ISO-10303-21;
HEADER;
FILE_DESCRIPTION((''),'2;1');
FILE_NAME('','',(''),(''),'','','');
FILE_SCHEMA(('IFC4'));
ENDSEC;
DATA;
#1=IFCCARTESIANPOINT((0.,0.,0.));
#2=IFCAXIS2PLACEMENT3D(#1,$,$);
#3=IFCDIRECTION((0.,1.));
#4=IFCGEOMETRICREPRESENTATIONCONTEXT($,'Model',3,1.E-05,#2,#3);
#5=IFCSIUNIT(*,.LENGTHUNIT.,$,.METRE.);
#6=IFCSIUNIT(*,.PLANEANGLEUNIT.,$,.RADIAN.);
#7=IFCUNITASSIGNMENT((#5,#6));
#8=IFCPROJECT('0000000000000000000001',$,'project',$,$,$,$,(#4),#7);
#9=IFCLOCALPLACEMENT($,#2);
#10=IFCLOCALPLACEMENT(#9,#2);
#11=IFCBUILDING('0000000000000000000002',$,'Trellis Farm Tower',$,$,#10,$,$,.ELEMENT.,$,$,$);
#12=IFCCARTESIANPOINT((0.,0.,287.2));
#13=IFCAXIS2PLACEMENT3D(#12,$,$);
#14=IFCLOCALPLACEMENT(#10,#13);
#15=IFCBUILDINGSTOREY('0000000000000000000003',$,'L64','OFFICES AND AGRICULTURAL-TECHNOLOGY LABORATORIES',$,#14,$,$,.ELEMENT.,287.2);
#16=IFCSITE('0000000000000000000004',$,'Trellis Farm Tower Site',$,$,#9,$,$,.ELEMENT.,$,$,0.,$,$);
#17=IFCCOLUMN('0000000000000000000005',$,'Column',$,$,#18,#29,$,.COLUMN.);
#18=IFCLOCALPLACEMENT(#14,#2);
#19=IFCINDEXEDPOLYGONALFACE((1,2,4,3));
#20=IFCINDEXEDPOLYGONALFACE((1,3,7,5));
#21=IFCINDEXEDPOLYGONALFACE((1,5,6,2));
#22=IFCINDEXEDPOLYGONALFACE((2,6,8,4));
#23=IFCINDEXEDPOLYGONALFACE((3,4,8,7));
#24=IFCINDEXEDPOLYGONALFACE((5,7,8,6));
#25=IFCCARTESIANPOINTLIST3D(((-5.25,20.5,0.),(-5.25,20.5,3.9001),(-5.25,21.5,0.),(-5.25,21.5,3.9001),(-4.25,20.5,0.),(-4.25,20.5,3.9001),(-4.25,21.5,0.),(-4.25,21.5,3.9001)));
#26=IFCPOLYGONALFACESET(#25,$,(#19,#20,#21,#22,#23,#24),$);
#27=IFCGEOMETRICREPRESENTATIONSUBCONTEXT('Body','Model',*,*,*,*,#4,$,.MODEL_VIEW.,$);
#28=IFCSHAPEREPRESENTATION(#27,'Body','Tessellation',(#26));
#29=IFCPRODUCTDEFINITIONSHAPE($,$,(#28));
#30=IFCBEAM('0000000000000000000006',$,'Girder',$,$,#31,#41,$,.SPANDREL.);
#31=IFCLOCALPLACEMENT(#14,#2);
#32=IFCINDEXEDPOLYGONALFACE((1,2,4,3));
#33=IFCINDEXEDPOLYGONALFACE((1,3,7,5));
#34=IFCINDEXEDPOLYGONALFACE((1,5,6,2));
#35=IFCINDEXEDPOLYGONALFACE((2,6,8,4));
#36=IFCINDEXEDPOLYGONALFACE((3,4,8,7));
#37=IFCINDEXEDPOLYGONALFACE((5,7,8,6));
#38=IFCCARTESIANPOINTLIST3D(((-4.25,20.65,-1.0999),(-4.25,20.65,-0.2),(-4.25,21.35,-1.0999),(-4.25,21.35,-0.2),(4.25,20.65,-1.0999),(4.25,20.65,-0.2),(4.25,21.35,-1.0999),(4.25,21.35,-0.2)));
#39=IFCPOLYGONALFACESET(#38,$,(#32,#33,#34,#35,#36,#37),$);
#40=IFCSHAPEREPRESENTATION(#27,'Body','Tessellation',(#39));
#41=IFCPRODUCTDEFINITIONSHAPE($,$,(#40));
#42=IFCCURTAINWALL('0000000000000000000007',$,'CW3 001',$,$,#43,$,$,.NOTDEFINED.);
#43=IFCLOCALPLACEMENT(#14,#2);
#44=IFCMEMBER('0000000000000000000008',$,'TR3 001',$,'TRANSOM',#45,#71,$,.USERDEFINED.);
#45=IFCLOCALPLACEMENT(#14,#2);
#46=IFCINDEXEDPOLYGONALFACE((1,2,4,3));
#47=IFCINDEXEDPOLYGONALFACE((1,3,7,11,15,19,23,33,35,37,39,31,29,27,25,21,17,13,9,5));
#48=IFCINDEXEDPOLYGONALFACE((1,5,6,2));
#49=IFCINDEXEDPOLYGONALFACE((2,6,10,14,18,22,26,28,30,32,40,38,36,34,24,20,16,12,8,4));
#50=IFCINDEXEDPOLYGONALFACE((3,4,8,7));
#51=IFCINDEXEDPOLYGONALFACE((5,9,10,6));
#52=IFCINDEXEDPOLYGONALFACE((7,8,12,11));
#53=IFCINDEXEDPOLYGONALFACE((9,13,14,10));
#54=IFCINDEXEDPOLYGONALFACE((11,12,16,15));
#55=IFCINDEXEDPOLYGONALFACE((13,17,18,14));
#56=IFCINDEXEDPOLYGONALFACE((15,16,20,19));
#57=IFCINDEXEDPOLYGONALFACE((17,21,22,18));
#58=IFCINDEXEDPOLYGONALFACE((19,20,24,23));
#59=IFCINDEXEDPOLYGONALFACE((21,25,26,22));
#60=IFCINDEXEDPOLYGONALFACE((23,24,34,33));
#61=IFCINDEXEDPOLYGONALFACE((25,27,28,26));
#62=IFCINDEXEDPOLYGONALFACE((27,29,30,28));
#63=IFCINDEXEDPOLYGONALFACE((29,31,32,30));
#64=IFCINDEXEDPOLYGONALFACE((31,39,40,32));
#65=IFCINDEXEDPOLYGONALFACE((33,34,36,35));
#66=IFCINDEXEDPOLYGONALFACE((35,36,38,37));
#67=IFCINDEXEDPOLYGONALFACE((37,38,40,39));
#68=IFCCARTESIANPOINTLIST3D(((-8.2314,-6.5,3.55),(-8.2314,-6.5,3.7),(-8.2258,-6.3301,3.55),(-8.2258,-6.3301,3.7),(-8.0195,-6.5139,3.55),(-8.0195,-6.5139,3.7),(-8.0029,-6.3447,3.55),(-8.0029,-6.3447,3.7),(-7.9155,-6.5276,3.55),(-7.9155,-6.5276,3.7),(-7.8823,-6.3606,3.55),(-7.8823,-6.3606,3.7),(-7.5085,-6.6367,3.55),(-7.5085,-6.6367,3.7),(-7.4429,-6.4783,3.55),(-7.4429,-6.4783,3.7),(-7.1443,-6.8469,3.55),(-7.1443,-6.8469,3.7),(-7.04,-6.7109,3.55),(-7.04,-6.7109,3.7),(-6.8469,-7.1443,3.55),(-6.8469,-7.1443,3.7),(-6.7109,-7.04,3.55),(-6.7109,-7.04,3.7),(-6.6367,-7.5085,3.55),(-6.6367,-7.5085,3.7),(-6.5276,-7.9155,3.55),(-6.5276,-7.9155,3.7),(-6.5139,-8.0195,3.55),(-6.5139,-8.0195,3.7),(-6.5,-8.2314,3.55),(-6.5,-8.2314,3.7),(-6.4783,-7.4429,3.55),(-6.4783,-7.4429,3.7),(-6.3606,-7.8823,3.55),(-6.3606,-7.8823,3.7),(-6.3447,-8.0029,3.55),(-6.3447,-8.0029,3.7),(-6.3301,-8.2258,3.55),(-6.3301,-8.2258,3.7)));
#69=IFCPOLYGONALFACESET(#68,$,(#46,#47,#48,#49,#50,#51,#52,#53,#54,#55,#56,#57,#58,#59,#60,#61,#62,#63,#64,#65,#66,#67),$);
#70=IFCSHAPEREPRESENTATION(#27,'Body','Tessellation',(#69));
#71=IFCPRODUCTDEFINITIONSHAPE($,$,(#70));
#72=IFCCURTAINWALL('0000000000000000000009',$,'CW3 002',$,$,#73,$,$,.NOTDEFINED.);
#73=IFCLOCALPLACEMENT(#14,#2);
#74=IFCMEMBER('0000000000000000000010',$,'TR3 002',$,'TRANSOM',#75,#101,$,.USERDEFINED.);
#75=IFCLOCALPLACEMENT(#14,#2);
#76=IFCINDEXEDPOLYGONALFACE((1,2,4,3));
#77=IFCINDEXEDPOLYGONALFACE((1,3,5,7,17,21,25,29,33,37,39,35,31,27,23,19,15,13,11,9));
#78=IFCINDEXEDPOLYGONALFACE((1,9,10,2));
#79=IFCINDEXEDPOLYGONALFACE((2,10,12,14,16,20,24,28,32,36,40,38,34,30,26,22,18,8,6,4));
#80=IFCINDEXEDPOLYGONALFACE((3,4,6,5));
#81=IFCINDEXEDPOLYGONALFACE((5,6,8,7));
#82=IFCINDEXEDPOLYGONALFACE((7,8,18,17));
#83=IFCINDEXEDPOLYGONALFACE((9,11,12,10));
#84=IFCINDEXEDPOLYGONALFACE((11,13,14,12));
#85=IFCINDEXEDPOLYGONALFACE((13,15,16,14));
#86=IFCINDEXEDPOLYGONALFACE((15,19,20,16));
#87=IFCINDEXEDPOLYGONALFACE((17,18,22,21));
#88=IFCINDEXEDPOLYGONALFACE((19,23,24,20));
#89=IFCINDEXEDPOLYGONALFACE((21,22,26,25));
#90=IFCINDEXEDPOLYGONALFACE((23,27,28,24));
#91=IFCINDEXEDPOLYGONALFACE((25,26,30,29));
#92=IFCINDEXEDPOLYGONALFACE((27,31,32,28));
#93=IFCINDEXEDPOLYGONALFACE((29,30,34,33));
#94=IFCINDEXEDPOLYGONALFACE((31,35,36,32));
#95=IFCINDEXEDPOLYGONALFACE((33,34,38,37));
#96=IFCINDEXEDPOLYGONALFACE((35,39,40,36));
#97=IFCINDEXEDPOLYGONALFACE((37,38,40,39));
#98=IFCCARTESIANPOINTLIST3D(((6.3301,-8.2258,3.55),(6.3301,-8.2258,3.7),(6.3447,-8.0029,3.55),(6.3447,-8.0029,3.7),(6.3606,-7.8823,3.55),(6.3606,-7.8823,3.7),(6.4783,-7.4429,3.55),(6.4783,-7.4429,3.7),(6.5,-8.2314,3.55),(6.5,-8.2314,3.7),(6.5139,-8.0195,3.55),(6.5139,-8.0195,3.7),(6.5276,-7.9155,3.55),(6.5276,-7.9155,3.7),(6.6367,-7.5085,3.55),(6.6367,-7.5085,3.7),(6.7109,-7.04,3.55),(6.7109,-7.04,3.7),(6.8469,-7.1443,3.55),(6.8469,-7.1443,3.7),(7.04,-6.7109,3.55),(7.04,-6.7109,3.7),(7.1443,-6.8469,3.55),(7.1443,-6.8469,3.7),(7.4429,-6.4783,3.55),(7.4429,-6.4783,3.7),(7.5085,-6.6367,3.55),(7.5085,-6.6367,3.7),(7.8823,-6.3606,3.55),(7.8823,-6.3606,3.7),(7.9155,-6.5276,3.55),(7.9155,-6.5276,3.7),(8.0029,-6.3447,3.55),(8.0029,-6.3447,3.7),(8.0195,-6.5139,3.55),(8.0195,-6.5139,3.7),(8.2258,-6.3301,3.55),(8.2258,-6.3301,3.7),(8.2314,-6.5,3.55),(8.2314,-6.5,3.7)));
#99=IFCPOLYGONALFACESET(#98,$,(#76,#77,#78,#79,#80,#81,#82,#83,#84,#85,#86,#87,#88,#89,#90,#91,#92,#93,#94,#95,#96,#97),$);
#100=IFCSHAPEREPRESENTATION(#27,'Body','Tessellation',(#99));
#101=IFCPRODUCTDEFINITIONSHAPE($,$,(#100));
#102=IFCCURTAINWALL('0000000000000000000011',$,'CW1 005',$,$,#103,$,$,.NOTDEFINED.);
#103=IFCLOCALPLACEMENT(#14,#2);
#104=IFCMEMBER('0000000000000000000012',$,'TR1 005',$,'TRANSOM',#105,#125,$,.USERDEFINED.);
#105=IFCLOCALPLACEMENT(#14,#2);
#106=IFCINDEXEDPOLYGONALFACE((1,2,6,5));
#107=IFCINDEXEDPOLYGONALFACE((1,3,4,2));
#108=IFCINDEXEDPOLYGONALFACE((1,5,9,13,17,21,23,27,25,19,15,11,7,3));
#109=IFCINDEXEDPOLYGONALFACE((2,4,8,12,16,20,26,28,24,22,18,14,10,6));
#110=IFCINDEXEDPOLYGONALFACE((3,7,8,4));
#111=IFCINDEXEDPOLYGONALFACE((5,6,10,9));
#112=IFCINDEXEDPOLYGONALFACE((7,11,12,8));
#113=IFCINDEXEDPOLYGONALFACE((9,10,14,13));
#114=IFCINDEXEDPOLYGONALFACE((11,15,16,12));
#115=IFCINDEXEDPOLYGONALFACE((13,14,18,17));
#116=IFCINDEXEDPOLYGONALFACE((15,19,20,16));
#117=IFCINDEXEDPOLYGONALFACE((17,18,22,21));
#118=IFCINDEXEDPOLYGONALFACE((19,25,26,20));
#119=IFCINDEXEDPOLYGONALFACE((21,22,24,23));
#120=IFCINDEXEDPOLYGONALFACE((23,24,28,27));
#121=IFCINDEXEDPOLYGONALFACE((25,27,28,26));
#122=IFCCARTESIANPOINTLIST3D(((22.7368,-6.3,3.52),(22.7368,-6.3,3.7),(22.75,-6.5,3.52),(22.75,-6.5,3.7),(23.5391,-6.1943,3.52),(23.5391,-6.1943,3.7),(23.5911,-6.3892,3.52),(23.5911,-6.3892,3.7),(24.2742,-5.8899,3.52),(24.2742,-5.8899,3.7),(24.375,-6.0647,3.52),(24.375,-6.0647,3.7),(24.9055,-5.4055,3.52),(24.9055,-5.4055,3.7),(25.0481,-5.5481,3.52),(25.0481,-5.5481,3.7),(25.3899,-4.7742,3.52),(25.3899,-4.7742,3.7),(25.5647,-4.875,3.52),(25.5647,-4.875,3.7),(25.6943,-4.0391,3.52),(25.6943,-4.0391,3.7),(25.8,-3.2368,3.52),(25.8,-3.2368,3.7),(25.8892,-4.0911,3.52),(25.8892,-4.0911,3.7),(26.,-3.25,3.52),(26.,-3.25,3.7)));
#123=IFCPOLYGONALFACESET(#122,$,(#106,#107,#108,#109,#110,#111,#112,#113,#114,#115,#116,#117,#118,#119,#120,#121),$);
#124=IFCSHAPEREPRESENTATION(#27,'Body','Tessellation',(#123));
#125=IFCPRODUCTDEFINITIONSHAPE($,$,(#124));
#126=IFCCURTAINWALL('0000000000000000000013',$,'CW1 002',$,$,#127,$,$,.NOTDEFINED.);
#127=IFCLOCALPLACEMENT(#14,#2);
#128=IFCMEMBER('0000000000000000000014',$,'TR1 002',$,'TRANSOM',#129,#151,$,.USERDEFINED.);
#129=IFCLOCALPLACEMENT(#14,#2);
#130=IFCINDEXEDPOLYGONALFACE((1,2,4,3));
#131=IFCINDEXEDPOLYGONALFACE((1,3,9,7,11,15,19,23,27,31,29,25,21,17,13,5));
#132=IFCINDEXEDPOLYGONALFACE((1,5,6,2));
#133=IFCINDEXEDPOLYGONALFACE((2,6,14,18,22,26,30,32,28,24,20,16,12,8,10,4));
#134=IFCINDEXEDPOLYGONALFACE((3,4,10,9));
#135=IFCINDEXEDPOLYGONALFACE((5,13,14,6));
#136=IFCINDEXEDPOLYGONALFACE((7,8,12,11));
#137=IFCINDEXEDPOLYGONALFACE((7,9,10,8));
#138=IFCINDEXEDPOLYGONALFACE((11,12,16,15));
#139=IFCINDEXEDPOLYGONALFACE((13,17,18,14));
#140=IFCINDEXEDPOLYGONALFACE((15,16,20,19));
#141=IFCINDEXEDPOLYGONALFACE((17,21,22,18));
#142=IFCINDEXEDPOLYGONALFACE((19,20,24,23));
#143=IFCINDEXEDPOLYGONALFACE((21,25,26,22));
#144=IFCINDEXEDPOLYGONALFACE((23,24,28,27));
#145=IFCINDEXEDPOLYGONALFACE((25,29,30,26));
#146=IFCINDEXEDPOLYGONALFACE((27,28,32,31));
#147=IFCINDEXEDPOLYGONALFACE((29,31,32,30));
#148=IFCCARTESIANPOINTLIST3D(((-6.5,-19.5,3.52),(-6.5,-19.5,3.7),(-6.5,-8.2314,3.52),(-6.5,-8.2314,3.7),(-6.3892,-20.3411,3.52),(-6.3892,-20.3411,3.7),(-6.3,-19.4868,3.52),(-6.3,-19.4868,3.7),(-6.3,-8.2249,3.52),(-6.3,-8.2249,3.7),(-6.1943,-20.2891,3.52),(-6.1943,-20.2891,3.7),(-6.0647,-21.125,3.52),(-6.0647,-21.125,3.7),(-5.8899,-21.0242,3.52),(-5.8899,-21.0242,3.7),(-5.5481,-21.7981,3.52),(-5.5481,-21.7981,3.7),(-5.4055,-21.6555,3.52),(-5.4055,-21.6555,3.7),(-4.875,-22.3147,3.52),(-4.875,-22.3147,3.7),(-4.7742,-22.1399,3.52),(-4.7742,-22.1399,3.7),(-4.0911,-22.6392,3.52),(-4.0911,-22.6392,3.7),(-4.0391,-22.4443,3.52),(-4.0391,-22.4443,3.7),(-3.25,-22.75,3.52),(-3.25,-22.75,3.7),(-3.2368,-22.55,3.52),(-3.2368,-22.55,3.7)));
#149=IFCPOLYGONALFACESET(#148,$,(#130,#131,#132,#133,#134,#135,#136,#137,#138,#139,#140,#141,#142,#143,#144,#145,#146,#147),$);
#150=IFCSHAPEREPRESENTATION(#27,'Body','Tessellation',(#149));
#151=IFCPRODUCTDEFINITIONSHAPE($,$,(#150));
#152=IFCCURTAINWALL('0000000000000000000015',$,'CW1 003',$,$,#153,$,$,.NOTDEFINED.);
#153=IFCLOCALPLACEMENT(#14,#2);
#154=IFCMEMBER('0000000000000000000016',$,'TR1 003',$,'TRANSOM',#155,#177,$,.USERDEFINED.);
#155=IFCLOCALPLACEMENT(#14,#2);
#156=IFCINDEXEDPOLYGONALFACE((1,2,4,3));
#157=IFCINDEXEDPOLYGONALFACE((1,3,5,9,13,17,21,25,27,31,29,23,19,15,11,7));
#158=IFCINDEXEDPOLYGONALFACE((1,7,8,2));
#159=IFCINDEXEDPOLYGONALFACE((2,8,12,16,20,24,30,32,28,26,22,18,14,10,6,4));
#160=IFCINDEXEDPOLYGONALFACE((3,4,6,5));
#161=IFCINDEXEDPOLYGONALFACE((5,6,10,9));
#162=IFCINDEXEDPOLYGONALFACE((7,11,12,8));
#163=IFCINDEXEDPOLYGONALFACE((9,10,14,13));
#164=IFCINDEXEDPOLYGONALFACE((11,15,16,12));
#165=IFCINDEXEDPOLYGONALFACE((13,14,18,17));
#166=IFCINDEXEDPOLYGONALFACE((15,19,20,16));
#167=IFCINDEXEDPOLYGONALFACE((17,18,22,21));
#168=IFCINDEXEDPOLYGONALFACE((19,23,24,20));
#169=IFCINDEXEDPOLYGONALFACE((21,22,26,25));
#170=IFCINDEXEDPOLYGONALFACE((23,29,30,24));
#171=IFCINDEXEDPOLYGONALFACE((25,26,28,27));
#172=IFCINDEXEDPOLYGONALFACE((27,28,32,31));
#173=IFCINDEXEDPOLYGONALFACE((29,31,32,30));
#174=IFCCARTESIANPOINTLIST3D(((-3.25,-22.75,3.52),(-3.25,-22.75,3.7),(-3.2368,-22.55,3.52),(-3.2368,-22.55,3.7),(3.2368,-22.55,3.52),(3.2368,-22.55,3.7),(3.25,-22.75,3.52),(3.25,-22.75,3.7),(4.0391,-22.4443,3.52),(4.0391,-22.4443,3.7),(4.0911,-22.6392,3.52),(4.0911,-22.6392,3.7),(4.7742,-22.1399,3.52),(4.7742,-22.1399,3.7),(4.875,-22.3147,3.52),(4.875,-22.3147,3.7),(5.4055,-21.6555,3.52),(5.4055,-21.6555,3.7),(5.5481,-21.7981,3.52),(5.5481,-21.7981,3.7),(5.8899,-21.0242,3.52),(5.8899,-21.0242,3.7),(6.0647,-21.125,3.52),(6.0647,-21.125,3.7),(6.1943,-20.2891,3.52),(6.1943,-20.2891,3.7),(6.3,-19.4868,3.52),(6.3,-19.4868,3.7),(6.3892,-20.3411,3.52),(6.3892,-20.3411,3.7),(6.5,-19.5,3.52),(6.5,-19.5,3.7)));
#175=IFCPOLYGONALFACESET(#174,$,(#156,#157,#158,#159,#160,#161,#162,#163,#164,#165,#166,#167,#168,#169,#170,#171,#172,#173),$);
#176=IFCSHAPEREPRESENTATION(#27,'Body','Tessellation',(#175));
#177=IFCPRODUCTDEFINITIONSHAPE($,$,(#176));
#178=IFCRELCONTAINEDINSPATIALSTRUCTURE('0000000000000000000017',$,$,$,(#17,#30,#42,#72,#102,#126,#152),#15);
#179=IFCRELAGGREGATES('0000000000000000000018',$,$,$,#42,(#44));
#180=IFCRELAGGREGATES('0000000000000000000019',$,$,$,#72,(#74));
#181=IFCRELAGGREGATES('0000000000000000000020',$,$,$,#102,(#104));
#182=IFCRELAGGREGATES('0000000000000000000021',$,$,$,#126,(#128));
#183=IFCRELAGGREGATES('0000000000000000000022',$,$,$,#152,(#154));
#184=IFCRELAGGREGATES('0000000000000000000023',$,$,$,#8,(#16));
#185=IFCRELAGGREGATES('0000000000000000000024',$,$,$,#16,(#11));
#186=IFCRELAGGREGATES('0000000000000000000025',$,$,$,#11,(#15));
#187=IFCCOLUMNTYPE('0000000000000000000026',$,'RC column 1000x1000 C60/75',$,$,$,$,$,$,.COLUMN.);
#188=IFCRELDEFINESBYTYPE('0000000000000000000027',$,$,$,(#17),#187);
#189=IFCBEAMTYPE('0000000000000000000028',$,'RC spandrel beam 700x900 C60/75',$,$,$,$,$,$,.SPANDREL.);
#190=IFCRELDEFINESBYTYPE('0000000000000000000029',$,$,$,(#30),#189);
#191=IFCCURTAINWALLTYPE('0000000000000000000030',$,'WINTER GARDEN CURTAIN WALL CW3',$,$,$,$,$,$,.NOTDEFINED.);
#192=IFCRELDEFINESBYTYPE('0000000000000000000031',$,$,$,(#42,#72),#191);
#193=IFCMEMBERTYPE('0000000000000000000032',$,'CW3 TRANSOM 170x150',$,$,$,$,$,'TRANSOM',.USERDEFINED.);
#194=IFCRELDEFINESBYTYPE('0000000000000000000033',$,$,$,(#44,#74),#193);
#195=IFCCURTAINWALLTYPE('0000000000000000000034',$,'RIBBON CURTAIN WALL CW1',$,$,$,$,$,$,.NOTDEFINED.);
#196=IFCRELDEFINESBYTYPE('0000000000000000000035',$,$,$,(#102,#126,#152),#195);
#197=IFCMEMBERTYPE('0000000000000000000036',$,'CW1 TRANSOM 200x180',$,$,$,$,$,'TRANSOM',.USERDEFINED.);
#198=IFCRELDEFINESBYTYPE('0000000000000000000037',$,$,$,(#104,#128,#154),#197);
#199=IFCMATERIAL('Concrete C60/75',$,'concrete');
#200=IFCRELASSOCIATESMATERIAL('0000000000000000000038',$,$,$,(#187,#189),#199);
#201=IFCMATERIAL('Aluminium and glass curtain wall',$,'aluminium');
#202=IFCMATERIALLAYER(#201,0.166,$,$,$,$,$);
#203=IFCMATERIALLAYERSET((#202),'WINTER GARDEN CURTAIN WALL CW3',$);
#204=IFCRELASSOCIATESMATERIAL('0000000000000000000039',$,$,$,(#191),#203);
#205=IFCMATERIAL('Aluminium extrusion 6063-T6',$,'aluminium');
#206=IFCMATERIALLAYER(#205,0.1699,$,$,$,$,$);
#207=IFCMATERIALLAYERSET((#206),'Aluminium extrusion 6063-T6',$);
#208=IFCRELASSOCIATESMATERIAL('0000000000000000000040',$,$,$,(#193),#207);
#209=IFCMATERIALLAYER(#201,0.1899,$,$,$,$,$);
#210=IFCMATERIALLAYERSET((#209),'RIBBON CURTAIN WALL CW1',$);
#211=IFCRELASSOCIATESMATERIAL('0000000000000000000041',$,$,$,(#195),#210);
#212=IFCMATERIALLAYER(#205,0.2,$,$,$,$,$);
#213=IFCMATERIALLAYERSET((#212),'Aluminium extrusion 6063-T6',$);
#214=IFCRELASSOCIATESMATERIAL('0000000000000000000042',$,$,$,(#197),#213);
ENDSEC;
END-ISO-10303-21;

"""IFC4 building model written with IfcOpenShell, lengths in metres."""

from ifc_helpers import new_model, si_unit, direction, frame, origin, origin_2d, place, context, subcontext, project, spatial, polyline, rectangle, outline, extrude, source, transform, mapped, material, layer, layer_set, material_profile, profile_set, type_object, element, aggregate, save


model = new_model("IFC4")

# Units and contexts
model_context = context("Model", 3, precision=1e-05, world=origin(), true_north=direction((0.0, 1.0)))
body_context = subcontext(model_context, "Body", "Model", "MODEL_VIEW")
ifc_project = project(units=[si_unit("LENGTHUNIT", "METRE"), si_unit("PLANEANGLEUNIT", "RADIAN")], contexts=[model_context])

# Site, building, storey
site_placement = place(None, origin())
site = spatial("IfcSite", under=ifc_project, at=site_placement, Name="Trellis Farm Tower Site", CompositionType="ELEMENT", RefElevation=0.0)
building_placement = place(site_placement, origin())
building = spatial("IfcBuilding", under=site, at=building_placement, Name="Trellis Farm Tower", CompositionType="ELEMENT")
storey_placement = place(building_placement, frame((0.0, 0.0, 287.2)))
storey = spatial("IfcBuildingStorey", under=building, at=storey_placement, Name="L64", Description="OFFICES AND AGRICULTURAL-TECHNOLOGY LABORATORIES", CompositionType="ELEMENT", Elevation=287.2)

# Column
ifc_material_1 = material(Name="Concrete C60/75", Category="concrete")
ifc_material_profile_1 = material_profile(ifc_material_1, rectangle(XDim=1.0, YDim=1.0, at=origin_2d()), Name="RC column 1000x1000 C60/75")
ifc_profile_set_1 = profile_set([ifc_material_profile_1], Name="Concrete C60/75")
column_type = type_object("IfcColumnType", Name="RC column 1000x1000 C60/75", PredefinedType="COLUMN", material=ifc_profile_set_1)
shared_shape_1 = source(origin(), body_context, "Body", "SweptSolid", [
    extrude(rectangle(XDim=1.0, YDim=1.0, at=origin_2d()), origin(), (0.0, 0.0, 1.0), 3.9001),
])
column_placement = place(storey_placement, frame((-4.75, 21.0, 0.0), z_axis=(0.0, 0.0, 1.0), x_axis=(1.0, 0.0, 0.0)))
element("IfcColumn", 1, at=column_placement, inside=storey, type_object=column_type, Name="Column", PredefinedType="COLUMN", context=body_context, shape_type="MappedRepresentation", body=[
    mapped(shared_shape_1, transform((0.0, 0.0, 0.0))),
])

# Beam
ifc_material_profile_2 = material_profile(ifc_material_1, rectangle(XDim=0.7, YDim=0.8999, at=origin_2d()), Name="RC spandrel beam 700x900 C60/75")
ifc_profile_set_2 = profile_set([ifc_material_profile_2], Name="Concrete C60/75")
beam_type = type_object("IfcBeamType", Name="RC spandrel beam 700x900 C60/75", PredefinedType="SPANDREL", material=ifc_profile_set_2)
shared_shape_2 = source(origin(), body_context, "Body", "SweptSolid", [
    extrude(rectangle(XDim=0.7, YDim=0.8999, at=origin_2d()), origin(), (0.0, 0.0, 1.0), 8.5),
])
beam_placement = place(storey_placement, frame((-4.25, 21.0, -0.6499), z_axis=(1.0, 0.0, 0.0), x_axis=(0.0, 1.0, 0.0)))
element("IfcBeam", 2, at=beam_placement, inside=storey, type_object=beam_type, Name="Girder", PredefinedType="SPANDREL", context=body_context, shape_type="MappedRepresentation", body=[
    mapped(shared_shape_2, transform((0.0, 0.0, 0.0))),
])

# Curtain walls, members
ifc_material_2 = material(Name="Aluminium and glass curtain wall", Category="aluminium")
ifc_layer_1 = layer(ifc_material_2, 0.166)
ifc_layer_set_1 = layer_set([ifc_layer_1], Name="WINTER GARDEN CURTAIN WALL CW3")
curtain_wall_type_1 = type_object("IfcCurtainWallType", Name="WINTER GARDEN CURTAIN WALL CW3", PredefinedType="NOTDEFINED", material=ifc_layer_set_1)
placement_1 = place(storey_placement, origin())
curtain_wall_1 = element("IfcCurtainWall", 3, at=placement_1, inside=storey, type_object=curtain_wall_type_1, Name="CW3 001", PredefinedType="NOTDEFINED")
ifc_material_3 = material(Name="Aluminium extrusion 6063-T6", Category="aluminium")
ifc_layer_2 = layer(ifc_material_3, 0.1699)
ifc_layer_set_2 = layer_set([ifc_layer_2], Name="Aluminium extrusion 6063-T6")
member_type_1 = type_object("IfcMemberType", Name="CW3 TRANSOM 170x150", ElementType="TRANSOM", PredefinedType="USERDEFINED", material=ifc_layer_set_2)
shared_shape_3 = source(origin(), body_context, "Body", "SweptSolid", [
    extrude(outline(polyline([(-8.2314, -6.5), (-8.0195, -6.5139), (-7.9155, -6.5276), (-7.5085, -6.6367), (-7.1443, -6.8469), (-6.8469, -7.1443), (-6.6367, -7.5085), (-6.5276, -7.9155), (-6.5139, -8.0195), (-6.5, -8.2314), (-6.3301, -8.2258), (-6.3447, -8.0029), (-6.3606, -7.8823), (-6.4783, -7.4429), (-6.7109, -7.04), (-7.04, -6.7109), (-7.4429, -6.4783), (-7.8823, -6.3606), (-8.0029, -6.3447), (-8.2258, -6.3301), (-8.2314, -6.5)])), origin(), (0.0, 0.0, 1.0), 0.1499),
])
placement_2 = place(storey_placement, frame((0.0, 0.0, 3.55)))
member_1 = element("IfcMember", 4, at=placement_2, type_object=member_type_1, Name="TR3 001", ObjectType="TRANSOM", PredefinedType="USERDEFINED", context=body_context, shape_type="MappedRepresentation", body=[
    mapped(shared_shape_3, transform((0.0, 0.0, 0.0))),
])
curtain_wall_2 = element("IfcCurtainWall", 5, at=placement_1, inside=storey, type_object=curtain_wall_type_1, Name="CW3 002", PredefinedType="NOTDEFINED")
shared_shape_4 = source(origin(), body_context, "Body", "SweptSolid", [
    extrude(outline(polyline([(6.5, -8.2314), (6.5139, -8.0195), (6.5276, -7.9155), (6.6367, -7.5085), (6.8469, -7.1443), (7.1443, -6.8469), (7.5085, -6.6367), (7.9155, -6.5276), (8.0195, -6.5139), (8.2314, -6.5), (8.2258, -6.3301), (8.0029, -6.3447), (7.8823, -6.3606), (7.4429, -6.4783), (7.04, -6.7109), (6.7109, -7.04), (6.4783, -7.4429), (6.3606, -7.8823), (6.3447, -8.0029), (6.3301, -8.2258), (6.5, -8.2314)])), origin(), (0.0, 0.0, 1.0), 0.1499),
])
member_2 = element("IfcMember", 6, at=placement_2, type_object=member_type_1, Name="TR3 002", ObjectType="TRANSOM", PredefinedType="USERDEFINED", context=body_context, shape_type="MappedRepresentation", body=[
    mapped(shared_shape_4, transform((0.0, 0.0, 0.0))),
])
ifc_layer_3 = layer(ifc_material_2, 0.1899)
ifc_layer_set_3 = layer_set([ifc_layer_3], Name="RIBBON CURTAIN WALL CW1")
curtain_wall_type_2 = type_object("IfcCurtainWallType", Name="RIBBON CURTAIN WALL CW1", PredefinedType="NOTDEFINED", material=ifc_layer_set_3)
curtain_wall_3 = element("IfcCurtainWall", 7, at=placement_1, inside=storey, type_object=curtain_wall_type_2, Name="CW1 005", PredefinedType="NOTDEFINED")
ifc_layer_4 = layer(ifc_material_3, 0.2)
ifc_layer_set_4 = layer_set([ifc_layer_4], Name="Aluminium extrusion 6063-T6")
member_type_2 = type_object("IfcMemberType", Name="CW1 TRANSOM 200x180", ElementType="TRANSOM", PredefinedType="USERDEFINED", material=ifc_layer_set_4)
shared_shape_5 = source(origin(), body_context, "Body", "SweptSolid", [
    extrude(outline(polyline([(22.75, -6.5), (23.5911, -6.3892), (24.375, -6.0647), (25.0481, -5.5481), (25.5647, -4.875), (25.8892, -4.0911), (26.0, -3.25), (25.8, -3.2368), (25.6943, -4.0391), (25.3899, -4.7742), (24.9055, -5.4055), (24.2742, -5.8899), (23.5391, -6.1943), (22.7368, -6.3), (22.75, -6.5)])), origin(), (0.0, 0.0, 1.0), 0.1799),
])
placement_3 = place(storey_placement, frame((0.0, 0.0, 3.52)))
member_3 = element("IfcMember", 8, at=placement_3, type_object=member_type_2, Name="TR1 005", ObjectType="TRANSOM", PredefinedType="USERDEFINED", context=body_context, shape_type="MappedRepresentation", body=[
    mapped(shared_shape_5, transform((0.0, 0.0, 0.0))),
])
curtain_wall_4 = element("IfcCurtainWall", 9, at=placement_1, inside=storey, type_object=curtain_wall_type_2, Name="CW1 002", PredefinedType="NOTDEFINED")
shared_shape_6 = source(origin(), body_context, "Body", "SweptSolid", [
    extrude(outline(polyline([(-6.5, -8.2314), (-6.5, -19.5), (-6.3892, -20.3411), (-6.0647, -21.125), (-5.5481, -21.7981), (-4.875, -22.3147), (-4.0911, -22.6392), (-3.25, -22.75), (-3.2368, -22.55), (-4.0391, -22.4443), (-4.7742, -22.1399), (-5.4055, -21.6555), (-5.8899, -21.0242), (-6.1943, -20.2891), (-6.3, -19.4868), (-6.3, -8.2249), (-6.5, -8.2314)])), origin(), (0.0, 0.0, 1.0), 0.1799),
])
member_4 = element("IfcMember", 10, at=placement_3, type_object=member_type_2, Name="TR1 002", ObjectType="TRANSOM", PredefinedType="USERDEFINED", context=body_context, shape_type="MappedRepresentation", body=[
    mapped(shared_shape_6, transform((0.0, 0.0, 0.0))),
])
curtain_wall_5 = element("IfcCurtainWall", 11, at=placement_1, inside=storey, type_object=curtain_wall_type_2, Name="CW1 003", PredefinedType="NOTDEFINED")
shared_shape_7 = source(origin(), body_context, "Body", "SweptSolid", [
    extrude(outline(polyline([(-3.25, -22.75), (3.25, -22.75), (4.0911, -22.6392), (4.875, -22.3147), (5.5481, -21.7981), (6.0647, -21.125), (6.3892, -20.3411), (6.5, -19.5), (6.3, -19.4868), (6.1943, -20.2891), (5.8899, -21.0242), (5.4055, -21.6555), (4.7742, -22.1399), (4.0391, -22.4443), (3.2368, -22.55), (-3.2368, -22.55), (-3.25, -22.75)])), origin(), (0.0, 0.0, 1.0), 0.1799),
])
member_5 = element("IfcMember", 12, at=placement_3, type_object=member_type_2, Name="TR1 003", ObjectType="TRANSOM", PredefinedType="USERDEFINED", context=body_context, shape_type="MappedRepresentation", body=[
    mapped(shared_shape_7, transform((0.0, 0.0, 0.0))),
])

aggregate(curtain_wall_1, [member_1])
aggregate(curtain_wall_2, [member_2])
aggregate(curtain_wall_3, [member_3])
aggregate(curtain_wall_4, [member_4])
aggregate(curtain_wall_5, [member_5])

save(model, "model.ifc")
